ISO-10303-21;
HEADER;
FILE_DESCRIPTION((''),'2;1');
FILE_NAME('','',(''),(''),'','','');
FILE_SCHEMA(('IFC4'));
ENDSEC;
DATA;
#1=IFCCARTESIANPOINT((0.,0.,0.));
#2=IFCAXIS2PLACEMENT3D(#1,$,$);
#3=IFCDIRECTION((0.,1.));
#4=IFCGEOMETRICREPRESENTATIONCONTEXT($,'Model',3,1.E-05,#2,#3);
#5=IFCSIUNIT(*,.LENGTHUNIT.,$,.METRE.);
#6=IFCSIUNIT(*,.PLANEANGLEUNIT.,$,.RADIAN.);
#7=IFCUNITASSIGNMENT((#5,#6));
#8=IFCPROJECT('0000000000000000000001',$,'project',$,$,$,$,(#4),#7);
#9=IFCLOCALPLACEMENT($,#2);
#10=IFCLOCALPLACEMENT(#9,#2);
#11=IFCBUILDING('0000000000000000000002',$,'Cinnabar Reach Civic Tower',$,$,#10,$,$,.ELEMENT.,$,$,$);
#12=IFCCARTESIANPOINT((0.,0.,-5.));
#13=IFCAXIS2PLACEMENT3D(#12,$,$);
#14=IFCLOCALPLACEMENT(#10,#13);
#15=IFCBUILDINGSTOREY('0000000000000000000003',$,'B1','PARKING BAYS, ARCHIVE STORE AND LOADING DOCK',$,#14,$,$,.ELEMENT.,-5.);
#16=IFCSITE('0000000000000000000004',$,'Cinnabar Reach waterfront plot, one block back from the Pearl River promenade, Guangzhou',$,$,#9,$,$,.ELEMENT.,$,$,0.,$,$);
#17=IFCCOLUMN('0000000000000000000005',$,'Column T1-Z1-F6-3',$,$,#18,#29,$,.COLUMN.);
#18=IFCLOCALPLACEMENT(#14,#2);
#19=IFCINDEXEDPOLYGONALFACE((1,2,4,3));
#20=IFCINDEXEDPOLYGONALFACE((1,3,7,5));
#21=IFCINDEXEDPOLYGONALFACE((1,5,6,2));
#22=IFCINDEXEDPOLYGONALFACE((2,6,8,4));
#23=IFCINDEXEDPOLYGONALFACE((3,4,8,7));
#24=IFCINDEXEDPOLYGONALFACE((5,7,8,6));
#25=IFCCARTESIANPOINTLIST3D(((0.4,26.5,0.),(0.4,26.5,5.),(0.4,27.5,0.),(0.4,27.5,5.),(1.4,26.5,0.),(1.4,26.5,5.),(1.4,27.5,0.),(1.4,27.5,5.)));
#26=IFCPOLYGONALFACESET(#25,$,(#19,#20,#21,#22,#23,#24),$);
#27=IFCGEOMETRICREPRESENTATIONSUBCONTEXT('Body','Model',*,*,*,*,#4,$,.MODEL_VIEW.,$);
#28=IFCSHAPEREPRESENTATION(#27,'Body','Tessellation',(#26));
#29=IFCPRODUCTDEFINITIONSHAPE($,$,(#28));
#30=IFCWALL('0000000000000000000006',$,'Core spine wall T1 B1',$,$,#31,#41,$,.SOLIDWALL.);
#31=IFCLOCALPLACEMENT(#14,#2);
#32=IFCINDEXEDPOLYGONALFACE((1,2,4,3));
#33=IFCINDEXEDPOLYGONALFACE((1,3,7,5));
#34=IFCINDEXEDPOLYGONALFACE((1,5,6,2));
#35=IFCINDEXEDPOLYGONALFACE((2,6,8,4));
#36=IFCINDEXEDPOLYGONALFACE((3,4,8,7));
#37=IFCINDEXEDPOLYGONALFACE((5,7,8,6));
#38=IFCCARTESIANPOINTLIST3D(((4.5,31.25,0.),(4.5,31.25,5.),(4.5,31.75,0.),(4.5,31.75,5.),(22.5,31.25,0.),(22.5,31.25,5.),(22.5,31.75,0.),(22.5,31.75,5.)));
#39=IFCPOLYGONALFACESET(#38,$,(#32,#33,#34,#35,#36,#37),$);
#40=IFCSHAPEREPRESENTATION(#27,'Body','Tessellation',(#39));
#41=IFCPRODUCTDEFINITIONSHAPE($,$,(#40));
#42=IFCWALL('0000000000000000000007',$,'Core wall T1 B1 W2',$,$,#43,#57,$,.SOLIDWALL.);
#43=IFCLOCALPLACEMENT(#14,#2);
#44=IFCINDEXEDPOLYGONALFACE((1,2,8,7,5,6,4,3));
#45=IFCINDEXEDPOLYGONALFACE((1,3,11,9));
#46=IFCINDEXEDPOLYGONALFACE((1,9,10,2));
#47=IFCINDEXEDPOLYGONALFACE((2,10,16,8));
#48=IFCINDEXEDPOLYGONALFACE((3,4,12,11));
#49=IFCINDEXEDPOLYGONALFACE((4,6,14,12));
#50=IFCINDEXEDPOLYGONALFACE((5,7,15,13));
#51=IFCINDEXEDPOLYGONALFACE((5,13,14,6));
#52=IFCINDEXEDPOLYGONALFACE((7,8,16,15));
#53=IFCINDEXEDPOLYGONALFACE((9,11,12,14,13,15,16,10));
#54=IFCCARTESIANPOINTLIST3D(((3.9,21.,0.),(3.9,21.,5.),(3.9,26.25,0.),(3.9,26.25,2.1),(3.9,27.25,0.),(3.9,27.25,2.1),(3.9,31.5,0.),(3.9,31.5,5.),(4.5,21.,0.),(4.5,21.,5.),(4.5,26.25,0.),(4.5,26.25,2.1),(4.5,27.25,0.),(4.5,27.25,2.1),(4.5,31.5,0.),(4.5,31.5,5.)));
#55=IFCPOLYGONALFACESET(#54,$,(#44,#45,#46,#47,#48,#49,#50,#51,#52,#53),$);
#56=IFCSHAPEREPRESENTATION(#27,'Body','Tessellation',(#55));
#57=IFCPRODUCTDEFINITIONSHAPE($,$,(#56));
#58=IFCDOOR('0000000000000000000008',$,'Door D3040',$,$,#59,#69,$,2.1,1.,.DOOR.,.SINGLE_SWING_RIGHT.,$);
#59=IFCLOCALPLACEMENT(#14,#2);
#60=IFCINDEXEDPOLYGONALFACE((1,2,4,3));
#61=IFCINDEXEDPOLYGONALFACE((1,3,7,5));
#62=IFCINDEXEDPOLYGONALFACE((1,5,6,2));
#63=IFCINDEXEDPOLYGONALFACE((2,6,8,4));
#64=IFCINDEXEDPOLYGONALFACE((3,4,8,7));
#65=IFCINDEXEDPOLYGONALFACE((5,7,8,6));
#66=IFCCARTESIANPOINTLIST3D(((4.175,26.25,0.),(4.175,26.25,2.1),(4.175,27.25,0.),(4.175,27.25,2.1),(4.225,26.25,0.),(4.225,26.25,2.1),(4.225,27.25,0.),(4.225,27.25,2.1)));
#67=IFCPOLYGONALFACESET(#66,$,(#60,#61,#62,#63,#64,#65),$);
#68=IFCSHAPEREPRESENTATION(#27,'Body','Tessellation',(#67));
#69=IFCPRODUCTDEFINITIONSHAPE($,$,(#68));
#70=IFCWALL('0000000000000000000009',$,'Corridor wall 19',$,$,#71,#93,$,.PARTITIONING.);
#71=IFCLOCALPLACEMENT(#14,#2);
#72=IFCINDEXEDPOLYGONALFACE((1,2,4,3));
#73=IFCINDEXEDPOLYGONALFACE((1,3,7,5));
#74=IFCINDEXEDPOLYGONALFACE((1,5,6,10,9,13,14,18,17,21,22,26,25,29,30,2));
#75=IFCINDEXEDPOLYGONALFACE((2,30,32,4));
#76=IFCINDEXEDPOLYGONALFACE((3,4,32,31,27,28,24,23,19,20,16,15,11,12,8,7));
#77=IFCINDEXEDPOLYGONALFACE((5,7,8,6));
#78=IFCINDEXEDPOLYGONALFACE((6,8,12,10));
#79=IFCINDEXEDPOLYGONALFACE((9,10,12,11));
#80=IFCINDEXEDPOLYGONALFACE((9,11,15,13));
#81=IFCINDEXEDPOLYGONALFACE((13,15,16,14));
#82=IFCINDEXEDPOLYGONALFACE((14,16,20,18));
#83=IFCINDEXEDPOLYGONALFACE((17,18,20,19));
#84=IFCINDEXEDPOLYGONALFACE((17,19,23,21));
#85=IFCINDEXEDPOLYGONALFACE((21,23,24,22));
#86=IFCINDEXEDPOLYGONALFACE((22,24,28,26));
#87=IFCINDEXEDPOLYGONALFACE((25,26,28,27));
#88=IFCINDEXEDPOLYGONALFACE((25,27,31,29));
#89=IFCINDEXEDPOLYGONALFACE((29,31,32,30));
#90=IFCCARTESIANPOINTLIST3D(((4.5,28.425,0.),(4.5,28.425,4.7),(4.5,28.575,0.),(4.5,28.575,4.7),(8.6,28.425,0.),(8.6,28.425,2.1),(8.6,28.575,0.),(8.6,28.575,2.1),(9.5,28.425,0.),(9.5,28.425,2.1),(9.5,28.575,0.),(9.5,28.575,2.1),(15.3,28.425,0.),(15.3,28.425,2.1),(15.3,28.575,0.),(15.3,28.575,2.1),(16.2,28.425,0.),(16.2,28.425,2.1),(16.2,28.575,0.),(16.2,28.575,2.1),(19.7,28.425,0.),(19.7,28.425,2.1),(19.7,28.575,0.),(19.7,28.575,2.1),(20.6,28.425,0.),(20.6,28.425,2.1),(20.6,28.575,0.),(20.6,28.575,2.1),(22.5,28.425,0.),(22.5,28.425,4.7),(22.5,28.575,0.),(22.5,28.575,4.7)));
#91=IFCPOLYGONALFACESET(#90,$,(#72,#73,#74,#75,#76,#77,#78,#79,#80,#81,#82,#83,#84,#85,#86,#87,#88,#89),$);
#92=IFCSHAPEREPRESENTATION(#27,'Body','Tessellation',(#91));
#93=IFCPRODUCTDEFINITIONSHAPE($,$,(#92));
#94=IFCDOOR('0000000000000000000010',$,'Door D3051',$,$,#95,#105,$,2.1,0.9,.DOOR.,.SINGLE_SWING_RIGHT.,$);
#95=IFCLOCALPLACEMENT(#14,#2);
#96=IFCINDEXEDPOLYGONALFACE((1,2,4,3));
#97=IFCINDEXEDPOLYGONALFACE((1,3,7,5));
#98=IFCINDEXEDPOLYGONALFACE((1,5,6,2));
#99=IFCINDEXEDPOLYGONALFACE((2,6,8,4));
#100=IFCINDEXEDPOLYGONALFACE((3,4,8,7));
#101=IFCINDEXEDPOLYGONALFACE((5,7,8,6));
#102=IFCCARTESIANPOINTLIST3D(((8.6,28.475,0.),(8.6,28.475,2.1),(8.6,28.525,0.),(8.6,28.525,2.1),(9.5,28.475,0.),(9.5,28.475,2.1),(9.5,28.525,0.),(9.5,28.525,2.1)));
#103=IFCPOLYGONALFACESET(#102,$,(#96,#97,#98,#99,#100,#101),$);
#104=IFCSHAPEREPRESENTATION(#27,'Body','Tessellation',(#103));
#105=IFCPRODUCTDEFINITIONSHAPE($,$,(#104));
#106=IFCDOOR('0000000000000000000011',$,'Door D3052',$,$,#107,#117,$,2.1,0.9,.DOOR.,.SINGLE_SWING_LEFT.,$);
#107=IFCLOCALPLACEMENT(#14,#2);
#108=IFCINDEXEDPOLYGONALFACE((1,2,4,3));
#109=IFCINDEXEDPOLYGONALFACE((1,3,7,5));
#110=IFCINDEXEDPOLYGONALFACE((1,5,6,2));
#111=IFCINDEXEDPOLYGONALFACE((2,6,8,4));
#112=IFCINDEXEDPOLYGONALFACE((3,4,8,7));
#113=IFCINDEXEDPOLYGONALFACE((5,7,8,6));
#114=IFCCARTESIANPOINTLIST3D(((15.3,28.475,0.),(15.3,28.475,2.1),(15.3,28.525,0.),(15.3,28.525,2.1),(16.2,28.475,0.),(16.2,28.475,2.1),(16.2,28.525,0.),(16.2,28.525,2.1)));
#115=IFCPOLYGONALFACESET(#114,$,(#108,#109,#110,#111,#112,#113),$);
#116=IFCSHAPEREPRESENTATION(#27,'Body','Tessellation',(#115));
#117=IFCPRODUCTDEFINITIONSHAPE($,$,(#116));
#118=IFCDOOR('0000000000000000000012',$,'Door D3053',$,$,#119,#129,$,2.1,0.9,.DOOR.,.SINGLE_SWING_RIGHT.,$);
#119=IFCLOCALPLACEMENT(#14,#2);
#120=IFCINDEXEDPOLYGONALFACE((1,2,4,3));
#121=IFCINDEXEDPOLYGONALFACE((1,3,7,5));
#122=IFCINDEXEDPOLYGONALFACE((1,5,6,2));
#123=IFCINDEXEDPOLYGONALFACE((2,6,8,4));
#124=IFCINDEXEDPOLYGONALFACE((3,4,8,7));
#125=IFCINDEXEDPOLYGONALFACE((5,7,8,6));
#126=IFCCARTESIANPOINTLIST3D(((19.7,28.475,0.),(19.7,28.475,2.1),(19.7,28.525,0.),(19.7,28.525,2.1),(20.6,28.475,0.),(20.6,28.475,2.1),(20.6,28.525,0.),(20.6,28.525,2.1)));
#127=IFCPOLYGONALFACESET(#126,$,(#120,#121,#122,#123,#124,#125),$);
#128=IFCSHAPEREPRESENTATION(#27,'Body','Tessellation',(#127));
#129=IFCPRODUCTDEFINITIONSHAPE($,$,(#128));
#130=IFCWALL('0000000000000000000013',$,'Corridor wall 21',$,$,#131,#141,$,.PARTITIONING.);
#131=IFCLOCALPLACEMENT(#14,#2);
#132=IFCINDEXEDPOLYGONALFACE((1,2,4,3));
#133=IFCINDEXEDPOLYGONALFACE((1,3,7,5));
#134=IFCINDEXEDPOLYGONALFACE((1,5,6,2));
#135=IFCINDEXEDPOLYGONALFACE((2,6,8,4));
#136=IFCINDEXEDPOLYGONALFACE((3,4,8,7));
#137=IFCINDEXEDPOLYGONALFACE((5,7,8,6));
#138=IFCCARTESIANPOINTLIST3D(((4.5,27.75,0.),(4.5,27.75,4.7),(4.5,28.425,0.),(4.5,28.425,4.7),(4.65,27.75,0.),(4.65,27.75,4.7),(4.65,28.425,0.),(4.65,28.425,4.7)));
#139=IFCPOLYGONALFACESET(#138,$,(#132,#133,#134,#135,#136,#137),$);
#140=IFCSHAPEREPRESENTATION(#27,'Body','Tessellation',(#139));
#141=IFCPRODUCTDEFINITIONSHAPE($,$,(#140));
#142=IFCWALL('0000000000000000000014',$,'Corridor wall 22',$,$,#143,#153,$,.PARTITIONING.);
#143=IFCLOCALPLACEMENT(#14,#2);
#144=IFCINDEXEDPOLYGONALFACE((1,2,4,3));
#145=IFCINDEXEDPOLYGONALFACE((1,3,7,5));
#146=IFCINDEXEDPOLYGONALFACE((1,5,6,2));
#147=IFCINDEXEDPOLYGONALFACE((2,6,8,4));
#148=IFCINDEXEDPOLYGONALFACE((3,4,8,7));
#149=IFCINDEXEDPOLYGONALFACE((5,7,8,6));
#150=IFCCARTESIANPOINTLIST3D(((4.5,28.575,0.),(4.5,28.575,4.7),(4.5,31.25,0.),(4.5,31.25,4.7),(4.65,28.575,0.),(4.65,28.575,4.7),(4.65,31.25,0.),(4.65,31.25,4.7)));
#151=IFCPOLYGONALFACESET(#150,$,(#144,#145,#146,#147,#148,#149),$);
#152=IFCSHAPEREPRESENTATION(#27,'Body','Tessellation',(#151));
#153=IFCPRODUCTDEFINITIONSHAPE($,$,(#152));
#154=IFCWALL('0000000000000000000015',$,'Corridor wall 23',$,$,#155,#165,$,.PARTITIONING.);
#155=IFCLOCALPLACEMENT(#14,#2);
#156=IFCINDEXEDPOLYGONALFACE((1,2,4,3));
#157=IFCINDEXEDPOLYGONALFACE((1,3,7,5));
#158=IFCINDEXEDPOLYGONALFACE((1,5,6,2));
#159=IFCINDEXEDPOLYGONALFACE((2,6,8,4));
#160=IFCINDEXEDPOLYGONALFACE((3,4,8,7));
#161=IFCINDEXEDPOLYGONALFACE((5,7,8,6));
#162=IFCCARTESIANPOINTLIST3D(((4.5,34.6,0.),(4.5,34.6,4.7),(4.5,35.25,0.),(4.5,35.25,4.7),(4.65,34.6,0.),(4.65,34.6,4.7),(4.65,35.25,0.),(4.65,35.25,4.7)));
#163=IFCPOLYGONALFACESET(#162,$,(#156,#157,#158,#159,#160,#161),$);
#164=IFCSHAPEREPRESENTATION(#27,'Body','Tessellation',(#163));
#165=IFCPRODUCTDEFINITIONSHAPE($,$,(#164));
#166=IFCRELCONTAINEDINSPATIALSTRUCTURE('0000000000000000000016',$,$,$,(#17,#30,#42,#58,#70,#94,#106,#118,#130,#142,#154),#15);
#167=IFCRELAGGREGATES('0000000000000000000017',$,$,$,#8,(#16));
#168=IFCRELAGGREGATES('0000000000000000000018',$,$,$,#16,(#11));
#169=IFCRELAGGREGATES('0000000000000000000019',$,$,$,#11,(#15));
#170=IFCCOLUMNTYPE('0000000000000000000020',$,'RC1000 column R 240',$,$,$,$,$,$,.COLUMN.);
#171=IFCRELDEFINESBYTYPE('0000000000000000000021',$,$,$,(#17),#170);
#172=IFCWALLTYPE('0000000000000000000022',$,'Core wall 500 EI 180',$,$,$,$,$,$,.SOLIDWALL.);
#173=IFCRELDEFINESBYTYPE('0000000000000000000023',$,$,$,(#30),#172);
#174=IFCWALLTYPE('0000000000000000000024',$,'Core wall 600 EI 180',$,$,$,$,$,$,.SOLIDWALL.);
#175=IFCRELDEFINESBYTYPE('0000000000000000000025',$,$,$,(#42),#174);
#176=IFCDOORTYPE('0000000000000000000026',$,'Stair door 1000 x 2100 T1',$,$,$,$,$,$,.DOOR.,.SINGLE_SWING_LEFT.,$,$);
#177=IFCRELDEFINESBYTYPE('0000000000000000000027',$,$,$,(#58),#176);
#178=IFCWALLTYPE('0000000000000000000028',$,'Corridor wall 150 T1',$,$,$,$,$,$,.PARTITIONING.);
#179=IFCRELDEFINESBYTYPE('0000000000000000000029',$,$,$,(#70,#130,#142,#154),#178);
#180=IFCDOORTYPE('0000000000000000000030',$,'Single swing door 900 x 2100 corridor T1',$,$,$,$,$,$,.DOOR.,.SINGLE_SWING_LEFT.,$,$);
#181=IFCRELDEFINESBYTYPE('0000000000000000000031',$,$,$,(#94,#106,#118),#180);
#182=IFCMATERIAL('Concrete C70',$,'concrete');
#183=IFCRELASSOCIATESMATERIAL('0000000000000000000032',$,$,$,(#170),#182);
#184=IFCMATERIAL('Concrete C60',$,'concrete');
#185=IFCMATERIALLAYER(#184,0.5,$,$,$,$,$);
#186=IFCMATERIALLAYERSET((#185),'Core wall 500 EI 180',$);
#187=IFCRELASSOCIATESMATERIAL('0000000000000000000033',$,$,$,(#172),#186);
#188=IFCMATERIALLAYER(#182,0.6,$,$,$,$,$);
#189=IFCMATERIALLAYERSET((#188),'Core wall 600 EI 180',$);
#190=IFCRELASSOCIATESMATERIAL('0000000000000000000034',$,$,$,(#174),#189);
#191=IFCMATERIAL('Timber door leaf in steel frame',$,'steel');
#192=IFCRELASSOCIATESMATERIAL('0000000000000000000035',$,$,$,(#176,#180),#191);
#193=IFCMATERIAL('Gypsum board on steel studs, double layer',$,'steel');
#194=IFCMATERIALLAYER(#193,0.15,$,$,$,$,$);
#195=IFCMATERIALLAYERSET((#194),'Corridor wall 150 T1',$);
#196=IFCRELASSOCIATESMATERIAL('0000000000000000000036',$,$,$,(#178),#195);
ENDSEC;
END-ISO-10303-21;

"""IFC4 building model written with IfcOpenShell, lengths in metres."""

from ifc_helpers import new_model, si_unit, direction, frame, frame_2d, origin, origin_2d, place, context, subcontext, project, spatial, rectangle, extrude, material, layer, layer_set, material_profile, profile_set, type_object, element, fill, save


model = new_model("IFC4")

# Units and contexts
model_context = context("Model", 3, precision=1e-05, world=origin(), true_north=direction((0.0, 1.0)))
body_context = subcontext(model_context, "Body", "Model", "MODEL_VIEW")
ifc_project = project(units=[si_unit("LENGTHUNIT", "METRE"), si_unit("PLANEANGLEUNIT", "RADIAN")], contexts=[model_context])

# Site, building, storey
site_placement = place(None, origin())
site = spatial("IfcSite", under=ifc_project, at=site_placement, Name="Cinnabar Reach waterfront plot, one block back from the Pearl River promenade, Guangzhou", CompositionType="ELEMENT", RefElevation=0.0)
building_placement = place(site_placement, origin())
building = spatial("IfcBuilding", under=site, at=building_placement, Name="Cinnabar Reach Civic Tower", CompositionType="ELEMENT")
storey_placement = place(building_placement, frame((0.0, 0.0, -5.0)))
storey = spatial("IfcBuildingStorey", under=building, at=storey_placement, Name="B1", Description="PARKING BAYS, ARCHIVE STORE AND LOADING DOCK", CompositionType="ELEMENT", Elevation=-5.0)

# Column
ifc_material_1 = material(Name="Concrete C70", Category="concrete")
ifc_material_profile = material_profile(ifc_material_1, rectangle(XDim=1.0, YDim=1.0, at=origin_2d()), Name="RC1000")
ifc_profile_set = profile_set([ifc_material_profile], Name="Concrete C70")
column_type = type_object("IfcColumnType", Name="RC1000 column R 240", PredefinedType="COLUMN", material=ifc_profile_set)
column_placement = place(storey_placement, frame((0.9, 27.0, 0.0), z_axis=(0.0, 0.0, 1.0), x_axis=(1.0, 0.0, 0.0)))
element("IfcColumn", 1, at=column_placement, inside=storey, type_object=column_type, Name="Column T1-Z1-F6-3", PredefinedType="COLUMN", context=body_context, shape_type="SweptSolid", body=[
    extrude(rectangle(XDim=1.0, YDim=1.0, at=origin_2d()), origin(), (0.0, 0.0, 1.0), 5.0),
])

# Wall
ifc_material_2 = material(Name="Concrete C60", Category="concrete")
ifc_layer_1 = layer(ifc_material_2, 0.5)
ifc_layer_set_1 = layer_set([ifc_layer_1], Name="Core wall 500 EI 180")
wall_type_1 = type_object("IfcWallType", Name="Core wall 500 EI 180", PredefinedType="SOLIDWALL", material=ifc_layer_set_1)
wall_1_placement = place(storey_placement, frame((4.5, 31.5, 0.0), z_axis=(0.0, 0.0, 1.0), x_axis=(1.0, 0.0, 0.0)))
element("IfcWall", 2, at=wall_1_placement, inside=storey, type_object=wall_type_1, Name="Core spine wall T1 B1", PredefinedType="SOLIDWALL", context=body_context, shape_type="SweptSolid", body=[
    extrude(rectangle(XDim=18.0, YDim=0.5, at=frame_2d((9.0, 0.0))), origin(), (0.0, 0.0, 1.0), 5.0),
])

# Wall, opening, door
ifc_layer_2 = layer(ifc_material_1, 0.6)
ifc_layer_set_2 = layer_set([ifc_layer_2], Name="Core wall 600 EI 180")
wall_type_2 = type_object("IfcWallType", Name="Core wall 600 EI 180", PredefinedType="SOLIDWALL", material=ifc_layer_set_2)
wall_2_placement = place(storey_placement, frame((4.2, 31.5, 0.0), z_axis=(0.0, 0.0, 1.0), x_axis=(0.0, -1.0, 0.0)))
wall_2 = element("IfcWall", 3, at=wall_2_placement, inside=storey, type_object=wall_type_2, Name="Core wall T1 B1 W2", PredefinedType="SOLIDWALL", context=body_context, shape_type="SweptSolid", body=[
    extrude(rectangle(XDim=10.5, YDim=0.6, at=frame_2d((5.25, 0.0))), origin(), (0.0, 0.0, 1.0), 5.0),
])
opening_1_placement = place(wall_2_placement, frame((4.25, 0.0, 0.0)))
opening_1 = element("IfcOpeningElement", 4, at=opening_1_placement, cuts=wall_2, PredefinedType="OPENING", context=body_context, shape_type="SweptSolid", body=[
    extrude(rectangle(XDim=1.0, YDim=2.1, at=frame_2d((0.5, 1.05))), frame((0.0, 0.31, 0.0), z_axis=(0.0, -1.0, 0.0), x_axis=(1.0, 0.0, 0.0)), (0.0, 0.0, 1.0), 0.62),
])
ifc_material_3 = material(Name="Timber door leaf in steel frame", Category="steel")
door_type_1 = type_object("IfcDoorType", Name="Stair door 1000 x 2100 T1", OperationType="SINGLE_SWING_LEFT", PredefinedType="DOOR", material=ifc_material_3)
door_1_placement = place(opening_1_placement, frame((1.0, 0.0, 0.0), z_axis=(0.0, 0.0, 1.0), x_axis=(-1.0, 0.0, 0.0)))
door_1 = element("IfcDoor", 5, at=door_1_placement, inside=storey, type_object=door_type_1, Name="Door D3040", OperationType="SINGLE_SWING_RIGHT", OverallHeight=2.1, OverallWidth=1.0, PredefinedType="DOOR", context=body_context, shape_type="SweptSolid", body=[
    extrude(rectangle(XDim=1.0, YDim=2.1, at=frame_2d((0.5, 1.05))), frame((0.0, 0.025, 0.0), z_axis=(0.0, -1.0, 0.0), x_axis=(1.0, 0.0, 0.0)), (0.0, 0.0, 1.0), 0.05),
])
fill(opening_1, door_1)

# Wall, openings, doors
ifc_material_4 = material(Name="Gypsum board on steel studs, double layer", Category="steel")
ifc_layer_3 = layer(ifc_material_4, 0.15)
ifc_layer_set_3 = layer_set([ifc_layer_3], Name="Corridor wall 150 T1")
wall_type_3 = type_object("IfcWallType", Name="Corridor wall 150 T1", PredefinedType="PARTITIONING", material=ifc_layer_set_3)
wall_3_placement = place(storey_placement, frame((4.5, 28.5, 0.0), z_axis=(0.0, 0.0, 1.0), x_axis=(1.0, 0.0, 0.0)))
wall_3 = element("IfcWall", 6, at=wall_3_placement, inside=storey, type_object=wall_type_3, Name="Corridor wall 19", PredefinedType="PARTITIONING", context=body_context, shape_type="SweptSolid", body=[
    extrude(rectangle(XDim=18.0, YDim=0.15, at=frame_2d((9.0, 0.0))), origin(), (0.0, 0.0, 1.0), 4.7),
])
opening_2_placement = place(wall_3_placement, frame((4.1, 0.0, 0.0)))
opening_2 = element("IfcOpeningElement", 7, at=opening_2_placement, cuts=wall_3, PredefinedType="OPENING", context=body_context, shape_type="SweptSolid", body=[
    extrude(rectangle(XDim=0.9, YDim=2.1, at=frame_2d((0.45, 1.05))), frame((0.0, 0.085, 0.0), z_axis=(0.0, -1.0, 0.0), x_axis=(1.0, 0.0, 0.0)), (0.0, 0.0, 1.0), 0.17),
])
opening_3_placement = place(wall_3_placement, frame((10.8, 0.0, 0.0)))
opening_3 = element("IfcOpeningElement", 8, at=opening_3_placement, cuts=wall_3, PredefinedType="OPENING", context=body_context, shape_type="SweptSolid", body=[
    extrude(rectangle(XDim=0.9, YDim=2.1, at=frame_2d((0.45, 1.05))), frame((0.0, 0.085, 0.0), z_axis=(0.0, -1.0, 0.0), x_axis=(1.0, 0.0, 0.0)), (0.0, 0.0, 1.0), 0.17),
])
opening_4_placement = place(wall_3_placement, frame((15.2, 0.0, 0.0)))
opening_4 = element("IfcOpeningElement", 9, at=opening_4_placement, cuts=wall_3, PredefinedType="OPENING", context=body_context, shape_type="SweptSolid", body=[
    extrude(rectangle(XDim=0.9, YDim=2.1, at=frame_2d((0.45, 1.05))), frame((0.0, 0.085, 0.0), z_axis=(0.0, -1.0, 0.0), x_axis=(1.0, 0.0, 0.0)), (0.0, 0.0, 1.0), 0.17),
])
door_type_2 = type_object("IfcDoorType", Name="Single swing door 900 x 2100 corridor T1", OperationType="SINGLE_SWING_LEFT", PredefinedType="DOOR", material=ifc_material_3)
door_2_placement = place(opening_2_placement, origin())
door_2 = element("IfcDoor", 10, at=door_2_placement, inside=storey, type_object=door_type_2, Name="Door D3051", OperationType="SINGLE_SWING_RIGHT", OverallHeight=2.1, OverallWidth=0.9, PredefinedType="DOOR", context=body_context, shape_type="SweptSolid", body=[
    extrude(rectangle(XDim=0.9, YDim=2.1, at=frame_2d((0.45, 1.05))), frame((0.0, 0.025, 0.0), z_axis=(0.0, -1.0, 0.0), x_axis=(1.0, 0.0, 0.0)), (0.0, 0.0, 1.0), 0.05),
])
fill(opening_2, door_2)
door_3_placement = place(opening_3_placement, origin())
door_3 = element("IfcDoor", 11, at=door_3_placement, inside=storey, type_object=door_type_2, Name="Door D3052", OperationType="SINGLE_SWING_LEFT", OverallHeight=2.1, OverallWidth=0.9, PredefinedType="DOOR", context=body_context, shape_type="SweptSolid", body=[
    extrude(rectangle(XDim=0.9, YDim=2.1, at=frame_2d((0.45, 1.05))), frame((0.0, 0.025, 0.0), z_axis=(0.0, -1.0, 0.0), x_axis=(1.0, 0.0, 0.0)), (0.0, 0.0, 1.0), 0.05),
])
fill(opening_3, door_3)
door_4_placement = place(opening_4_placement, origin())
door_4 = element("IfcDoor", 12, at=door_4_placement, inside=storey, type_object=door_type_2, Name="Door D3053", OperationType="SINGLE_SWING_RIGHT", OverallHeight=2.1, OverallWidth=0.9, PredefinedType="DOOR", context=body_context, shape_type="SweptSolid", body=[
    extrude(rectangle(XDim=0.9, YDim=2.1, at=frame_2d((0.45, 1.05))), frame((0.0, 0.025, 0.0), z_axis=(0.0, -1.0, 0.0), x_axis=(1.0, 0.0, 0.0)), (0.0, 0.0, 1.0), 0.05),
])
fill(opening_4, door_4)

# Walls
wall_4_placement = place(storey_placement, frame((4.575, 27.75, 0.0), z_axis=(0.0, 0.0, 1.0), x_axis=(0.0, 1.0, 0.0)))
element("IfcWall", 13, at=wall_4_placement, inside=storey, type_object=wall_type_3, Name="Corridor wall 21", PredefinedType="PARTITIONING", context=body_context, shape_type="SweptSolid", body=[
    extrude(rectangle(XDim=0.675, YDim=0.15, at=frame_2d((0.3375, 0.0))), origin(), (0.0, 0.0, 1.0), 4.7),
])
wall_5_placement = place(storey_placement, frame((4.575, 28.575, 0.0), z_axis=(0.0, 0.0, 1.0), x_axis=(0.0, 1.0, 0.0)))
element("IfcWall", 14, at=wall_5_placement, inside=storey, type_object=wall_type_3, Name="Corridor wall 22", PredefinedType="PARTITIONING", context=body_context, shape_type="SweptSolid", body=[
    extrude(rectangle(XDim=2.675, YDim=0.15, at=frame_2d((1.3375, 0.0))), origin(), (0.0, 0.0, 1.0), 4.7),
])
wall_6_placement = place(storey_placement, frame((4.575, 34.6, 0.0), z_axis=(0.0, 0.0, 1.0), x_axis=(0.0, 1.0, 0.0)))
element("IfcWall", 15, at=wall_6_placement, inside=storey, type_object=wall_type_3, Name="Corridor wall 23", PredefinedType="PARTITIONING", context=body_context, shape_type="SweptSolid", body=[
    extrude(rectangle(XDim=0.65, YDim=0.15, at=frame_2d((0.325, 0.0))), origin(), (0.0, 0.0, 1.0), 4.7),
])

save(model, "model.ifc")
